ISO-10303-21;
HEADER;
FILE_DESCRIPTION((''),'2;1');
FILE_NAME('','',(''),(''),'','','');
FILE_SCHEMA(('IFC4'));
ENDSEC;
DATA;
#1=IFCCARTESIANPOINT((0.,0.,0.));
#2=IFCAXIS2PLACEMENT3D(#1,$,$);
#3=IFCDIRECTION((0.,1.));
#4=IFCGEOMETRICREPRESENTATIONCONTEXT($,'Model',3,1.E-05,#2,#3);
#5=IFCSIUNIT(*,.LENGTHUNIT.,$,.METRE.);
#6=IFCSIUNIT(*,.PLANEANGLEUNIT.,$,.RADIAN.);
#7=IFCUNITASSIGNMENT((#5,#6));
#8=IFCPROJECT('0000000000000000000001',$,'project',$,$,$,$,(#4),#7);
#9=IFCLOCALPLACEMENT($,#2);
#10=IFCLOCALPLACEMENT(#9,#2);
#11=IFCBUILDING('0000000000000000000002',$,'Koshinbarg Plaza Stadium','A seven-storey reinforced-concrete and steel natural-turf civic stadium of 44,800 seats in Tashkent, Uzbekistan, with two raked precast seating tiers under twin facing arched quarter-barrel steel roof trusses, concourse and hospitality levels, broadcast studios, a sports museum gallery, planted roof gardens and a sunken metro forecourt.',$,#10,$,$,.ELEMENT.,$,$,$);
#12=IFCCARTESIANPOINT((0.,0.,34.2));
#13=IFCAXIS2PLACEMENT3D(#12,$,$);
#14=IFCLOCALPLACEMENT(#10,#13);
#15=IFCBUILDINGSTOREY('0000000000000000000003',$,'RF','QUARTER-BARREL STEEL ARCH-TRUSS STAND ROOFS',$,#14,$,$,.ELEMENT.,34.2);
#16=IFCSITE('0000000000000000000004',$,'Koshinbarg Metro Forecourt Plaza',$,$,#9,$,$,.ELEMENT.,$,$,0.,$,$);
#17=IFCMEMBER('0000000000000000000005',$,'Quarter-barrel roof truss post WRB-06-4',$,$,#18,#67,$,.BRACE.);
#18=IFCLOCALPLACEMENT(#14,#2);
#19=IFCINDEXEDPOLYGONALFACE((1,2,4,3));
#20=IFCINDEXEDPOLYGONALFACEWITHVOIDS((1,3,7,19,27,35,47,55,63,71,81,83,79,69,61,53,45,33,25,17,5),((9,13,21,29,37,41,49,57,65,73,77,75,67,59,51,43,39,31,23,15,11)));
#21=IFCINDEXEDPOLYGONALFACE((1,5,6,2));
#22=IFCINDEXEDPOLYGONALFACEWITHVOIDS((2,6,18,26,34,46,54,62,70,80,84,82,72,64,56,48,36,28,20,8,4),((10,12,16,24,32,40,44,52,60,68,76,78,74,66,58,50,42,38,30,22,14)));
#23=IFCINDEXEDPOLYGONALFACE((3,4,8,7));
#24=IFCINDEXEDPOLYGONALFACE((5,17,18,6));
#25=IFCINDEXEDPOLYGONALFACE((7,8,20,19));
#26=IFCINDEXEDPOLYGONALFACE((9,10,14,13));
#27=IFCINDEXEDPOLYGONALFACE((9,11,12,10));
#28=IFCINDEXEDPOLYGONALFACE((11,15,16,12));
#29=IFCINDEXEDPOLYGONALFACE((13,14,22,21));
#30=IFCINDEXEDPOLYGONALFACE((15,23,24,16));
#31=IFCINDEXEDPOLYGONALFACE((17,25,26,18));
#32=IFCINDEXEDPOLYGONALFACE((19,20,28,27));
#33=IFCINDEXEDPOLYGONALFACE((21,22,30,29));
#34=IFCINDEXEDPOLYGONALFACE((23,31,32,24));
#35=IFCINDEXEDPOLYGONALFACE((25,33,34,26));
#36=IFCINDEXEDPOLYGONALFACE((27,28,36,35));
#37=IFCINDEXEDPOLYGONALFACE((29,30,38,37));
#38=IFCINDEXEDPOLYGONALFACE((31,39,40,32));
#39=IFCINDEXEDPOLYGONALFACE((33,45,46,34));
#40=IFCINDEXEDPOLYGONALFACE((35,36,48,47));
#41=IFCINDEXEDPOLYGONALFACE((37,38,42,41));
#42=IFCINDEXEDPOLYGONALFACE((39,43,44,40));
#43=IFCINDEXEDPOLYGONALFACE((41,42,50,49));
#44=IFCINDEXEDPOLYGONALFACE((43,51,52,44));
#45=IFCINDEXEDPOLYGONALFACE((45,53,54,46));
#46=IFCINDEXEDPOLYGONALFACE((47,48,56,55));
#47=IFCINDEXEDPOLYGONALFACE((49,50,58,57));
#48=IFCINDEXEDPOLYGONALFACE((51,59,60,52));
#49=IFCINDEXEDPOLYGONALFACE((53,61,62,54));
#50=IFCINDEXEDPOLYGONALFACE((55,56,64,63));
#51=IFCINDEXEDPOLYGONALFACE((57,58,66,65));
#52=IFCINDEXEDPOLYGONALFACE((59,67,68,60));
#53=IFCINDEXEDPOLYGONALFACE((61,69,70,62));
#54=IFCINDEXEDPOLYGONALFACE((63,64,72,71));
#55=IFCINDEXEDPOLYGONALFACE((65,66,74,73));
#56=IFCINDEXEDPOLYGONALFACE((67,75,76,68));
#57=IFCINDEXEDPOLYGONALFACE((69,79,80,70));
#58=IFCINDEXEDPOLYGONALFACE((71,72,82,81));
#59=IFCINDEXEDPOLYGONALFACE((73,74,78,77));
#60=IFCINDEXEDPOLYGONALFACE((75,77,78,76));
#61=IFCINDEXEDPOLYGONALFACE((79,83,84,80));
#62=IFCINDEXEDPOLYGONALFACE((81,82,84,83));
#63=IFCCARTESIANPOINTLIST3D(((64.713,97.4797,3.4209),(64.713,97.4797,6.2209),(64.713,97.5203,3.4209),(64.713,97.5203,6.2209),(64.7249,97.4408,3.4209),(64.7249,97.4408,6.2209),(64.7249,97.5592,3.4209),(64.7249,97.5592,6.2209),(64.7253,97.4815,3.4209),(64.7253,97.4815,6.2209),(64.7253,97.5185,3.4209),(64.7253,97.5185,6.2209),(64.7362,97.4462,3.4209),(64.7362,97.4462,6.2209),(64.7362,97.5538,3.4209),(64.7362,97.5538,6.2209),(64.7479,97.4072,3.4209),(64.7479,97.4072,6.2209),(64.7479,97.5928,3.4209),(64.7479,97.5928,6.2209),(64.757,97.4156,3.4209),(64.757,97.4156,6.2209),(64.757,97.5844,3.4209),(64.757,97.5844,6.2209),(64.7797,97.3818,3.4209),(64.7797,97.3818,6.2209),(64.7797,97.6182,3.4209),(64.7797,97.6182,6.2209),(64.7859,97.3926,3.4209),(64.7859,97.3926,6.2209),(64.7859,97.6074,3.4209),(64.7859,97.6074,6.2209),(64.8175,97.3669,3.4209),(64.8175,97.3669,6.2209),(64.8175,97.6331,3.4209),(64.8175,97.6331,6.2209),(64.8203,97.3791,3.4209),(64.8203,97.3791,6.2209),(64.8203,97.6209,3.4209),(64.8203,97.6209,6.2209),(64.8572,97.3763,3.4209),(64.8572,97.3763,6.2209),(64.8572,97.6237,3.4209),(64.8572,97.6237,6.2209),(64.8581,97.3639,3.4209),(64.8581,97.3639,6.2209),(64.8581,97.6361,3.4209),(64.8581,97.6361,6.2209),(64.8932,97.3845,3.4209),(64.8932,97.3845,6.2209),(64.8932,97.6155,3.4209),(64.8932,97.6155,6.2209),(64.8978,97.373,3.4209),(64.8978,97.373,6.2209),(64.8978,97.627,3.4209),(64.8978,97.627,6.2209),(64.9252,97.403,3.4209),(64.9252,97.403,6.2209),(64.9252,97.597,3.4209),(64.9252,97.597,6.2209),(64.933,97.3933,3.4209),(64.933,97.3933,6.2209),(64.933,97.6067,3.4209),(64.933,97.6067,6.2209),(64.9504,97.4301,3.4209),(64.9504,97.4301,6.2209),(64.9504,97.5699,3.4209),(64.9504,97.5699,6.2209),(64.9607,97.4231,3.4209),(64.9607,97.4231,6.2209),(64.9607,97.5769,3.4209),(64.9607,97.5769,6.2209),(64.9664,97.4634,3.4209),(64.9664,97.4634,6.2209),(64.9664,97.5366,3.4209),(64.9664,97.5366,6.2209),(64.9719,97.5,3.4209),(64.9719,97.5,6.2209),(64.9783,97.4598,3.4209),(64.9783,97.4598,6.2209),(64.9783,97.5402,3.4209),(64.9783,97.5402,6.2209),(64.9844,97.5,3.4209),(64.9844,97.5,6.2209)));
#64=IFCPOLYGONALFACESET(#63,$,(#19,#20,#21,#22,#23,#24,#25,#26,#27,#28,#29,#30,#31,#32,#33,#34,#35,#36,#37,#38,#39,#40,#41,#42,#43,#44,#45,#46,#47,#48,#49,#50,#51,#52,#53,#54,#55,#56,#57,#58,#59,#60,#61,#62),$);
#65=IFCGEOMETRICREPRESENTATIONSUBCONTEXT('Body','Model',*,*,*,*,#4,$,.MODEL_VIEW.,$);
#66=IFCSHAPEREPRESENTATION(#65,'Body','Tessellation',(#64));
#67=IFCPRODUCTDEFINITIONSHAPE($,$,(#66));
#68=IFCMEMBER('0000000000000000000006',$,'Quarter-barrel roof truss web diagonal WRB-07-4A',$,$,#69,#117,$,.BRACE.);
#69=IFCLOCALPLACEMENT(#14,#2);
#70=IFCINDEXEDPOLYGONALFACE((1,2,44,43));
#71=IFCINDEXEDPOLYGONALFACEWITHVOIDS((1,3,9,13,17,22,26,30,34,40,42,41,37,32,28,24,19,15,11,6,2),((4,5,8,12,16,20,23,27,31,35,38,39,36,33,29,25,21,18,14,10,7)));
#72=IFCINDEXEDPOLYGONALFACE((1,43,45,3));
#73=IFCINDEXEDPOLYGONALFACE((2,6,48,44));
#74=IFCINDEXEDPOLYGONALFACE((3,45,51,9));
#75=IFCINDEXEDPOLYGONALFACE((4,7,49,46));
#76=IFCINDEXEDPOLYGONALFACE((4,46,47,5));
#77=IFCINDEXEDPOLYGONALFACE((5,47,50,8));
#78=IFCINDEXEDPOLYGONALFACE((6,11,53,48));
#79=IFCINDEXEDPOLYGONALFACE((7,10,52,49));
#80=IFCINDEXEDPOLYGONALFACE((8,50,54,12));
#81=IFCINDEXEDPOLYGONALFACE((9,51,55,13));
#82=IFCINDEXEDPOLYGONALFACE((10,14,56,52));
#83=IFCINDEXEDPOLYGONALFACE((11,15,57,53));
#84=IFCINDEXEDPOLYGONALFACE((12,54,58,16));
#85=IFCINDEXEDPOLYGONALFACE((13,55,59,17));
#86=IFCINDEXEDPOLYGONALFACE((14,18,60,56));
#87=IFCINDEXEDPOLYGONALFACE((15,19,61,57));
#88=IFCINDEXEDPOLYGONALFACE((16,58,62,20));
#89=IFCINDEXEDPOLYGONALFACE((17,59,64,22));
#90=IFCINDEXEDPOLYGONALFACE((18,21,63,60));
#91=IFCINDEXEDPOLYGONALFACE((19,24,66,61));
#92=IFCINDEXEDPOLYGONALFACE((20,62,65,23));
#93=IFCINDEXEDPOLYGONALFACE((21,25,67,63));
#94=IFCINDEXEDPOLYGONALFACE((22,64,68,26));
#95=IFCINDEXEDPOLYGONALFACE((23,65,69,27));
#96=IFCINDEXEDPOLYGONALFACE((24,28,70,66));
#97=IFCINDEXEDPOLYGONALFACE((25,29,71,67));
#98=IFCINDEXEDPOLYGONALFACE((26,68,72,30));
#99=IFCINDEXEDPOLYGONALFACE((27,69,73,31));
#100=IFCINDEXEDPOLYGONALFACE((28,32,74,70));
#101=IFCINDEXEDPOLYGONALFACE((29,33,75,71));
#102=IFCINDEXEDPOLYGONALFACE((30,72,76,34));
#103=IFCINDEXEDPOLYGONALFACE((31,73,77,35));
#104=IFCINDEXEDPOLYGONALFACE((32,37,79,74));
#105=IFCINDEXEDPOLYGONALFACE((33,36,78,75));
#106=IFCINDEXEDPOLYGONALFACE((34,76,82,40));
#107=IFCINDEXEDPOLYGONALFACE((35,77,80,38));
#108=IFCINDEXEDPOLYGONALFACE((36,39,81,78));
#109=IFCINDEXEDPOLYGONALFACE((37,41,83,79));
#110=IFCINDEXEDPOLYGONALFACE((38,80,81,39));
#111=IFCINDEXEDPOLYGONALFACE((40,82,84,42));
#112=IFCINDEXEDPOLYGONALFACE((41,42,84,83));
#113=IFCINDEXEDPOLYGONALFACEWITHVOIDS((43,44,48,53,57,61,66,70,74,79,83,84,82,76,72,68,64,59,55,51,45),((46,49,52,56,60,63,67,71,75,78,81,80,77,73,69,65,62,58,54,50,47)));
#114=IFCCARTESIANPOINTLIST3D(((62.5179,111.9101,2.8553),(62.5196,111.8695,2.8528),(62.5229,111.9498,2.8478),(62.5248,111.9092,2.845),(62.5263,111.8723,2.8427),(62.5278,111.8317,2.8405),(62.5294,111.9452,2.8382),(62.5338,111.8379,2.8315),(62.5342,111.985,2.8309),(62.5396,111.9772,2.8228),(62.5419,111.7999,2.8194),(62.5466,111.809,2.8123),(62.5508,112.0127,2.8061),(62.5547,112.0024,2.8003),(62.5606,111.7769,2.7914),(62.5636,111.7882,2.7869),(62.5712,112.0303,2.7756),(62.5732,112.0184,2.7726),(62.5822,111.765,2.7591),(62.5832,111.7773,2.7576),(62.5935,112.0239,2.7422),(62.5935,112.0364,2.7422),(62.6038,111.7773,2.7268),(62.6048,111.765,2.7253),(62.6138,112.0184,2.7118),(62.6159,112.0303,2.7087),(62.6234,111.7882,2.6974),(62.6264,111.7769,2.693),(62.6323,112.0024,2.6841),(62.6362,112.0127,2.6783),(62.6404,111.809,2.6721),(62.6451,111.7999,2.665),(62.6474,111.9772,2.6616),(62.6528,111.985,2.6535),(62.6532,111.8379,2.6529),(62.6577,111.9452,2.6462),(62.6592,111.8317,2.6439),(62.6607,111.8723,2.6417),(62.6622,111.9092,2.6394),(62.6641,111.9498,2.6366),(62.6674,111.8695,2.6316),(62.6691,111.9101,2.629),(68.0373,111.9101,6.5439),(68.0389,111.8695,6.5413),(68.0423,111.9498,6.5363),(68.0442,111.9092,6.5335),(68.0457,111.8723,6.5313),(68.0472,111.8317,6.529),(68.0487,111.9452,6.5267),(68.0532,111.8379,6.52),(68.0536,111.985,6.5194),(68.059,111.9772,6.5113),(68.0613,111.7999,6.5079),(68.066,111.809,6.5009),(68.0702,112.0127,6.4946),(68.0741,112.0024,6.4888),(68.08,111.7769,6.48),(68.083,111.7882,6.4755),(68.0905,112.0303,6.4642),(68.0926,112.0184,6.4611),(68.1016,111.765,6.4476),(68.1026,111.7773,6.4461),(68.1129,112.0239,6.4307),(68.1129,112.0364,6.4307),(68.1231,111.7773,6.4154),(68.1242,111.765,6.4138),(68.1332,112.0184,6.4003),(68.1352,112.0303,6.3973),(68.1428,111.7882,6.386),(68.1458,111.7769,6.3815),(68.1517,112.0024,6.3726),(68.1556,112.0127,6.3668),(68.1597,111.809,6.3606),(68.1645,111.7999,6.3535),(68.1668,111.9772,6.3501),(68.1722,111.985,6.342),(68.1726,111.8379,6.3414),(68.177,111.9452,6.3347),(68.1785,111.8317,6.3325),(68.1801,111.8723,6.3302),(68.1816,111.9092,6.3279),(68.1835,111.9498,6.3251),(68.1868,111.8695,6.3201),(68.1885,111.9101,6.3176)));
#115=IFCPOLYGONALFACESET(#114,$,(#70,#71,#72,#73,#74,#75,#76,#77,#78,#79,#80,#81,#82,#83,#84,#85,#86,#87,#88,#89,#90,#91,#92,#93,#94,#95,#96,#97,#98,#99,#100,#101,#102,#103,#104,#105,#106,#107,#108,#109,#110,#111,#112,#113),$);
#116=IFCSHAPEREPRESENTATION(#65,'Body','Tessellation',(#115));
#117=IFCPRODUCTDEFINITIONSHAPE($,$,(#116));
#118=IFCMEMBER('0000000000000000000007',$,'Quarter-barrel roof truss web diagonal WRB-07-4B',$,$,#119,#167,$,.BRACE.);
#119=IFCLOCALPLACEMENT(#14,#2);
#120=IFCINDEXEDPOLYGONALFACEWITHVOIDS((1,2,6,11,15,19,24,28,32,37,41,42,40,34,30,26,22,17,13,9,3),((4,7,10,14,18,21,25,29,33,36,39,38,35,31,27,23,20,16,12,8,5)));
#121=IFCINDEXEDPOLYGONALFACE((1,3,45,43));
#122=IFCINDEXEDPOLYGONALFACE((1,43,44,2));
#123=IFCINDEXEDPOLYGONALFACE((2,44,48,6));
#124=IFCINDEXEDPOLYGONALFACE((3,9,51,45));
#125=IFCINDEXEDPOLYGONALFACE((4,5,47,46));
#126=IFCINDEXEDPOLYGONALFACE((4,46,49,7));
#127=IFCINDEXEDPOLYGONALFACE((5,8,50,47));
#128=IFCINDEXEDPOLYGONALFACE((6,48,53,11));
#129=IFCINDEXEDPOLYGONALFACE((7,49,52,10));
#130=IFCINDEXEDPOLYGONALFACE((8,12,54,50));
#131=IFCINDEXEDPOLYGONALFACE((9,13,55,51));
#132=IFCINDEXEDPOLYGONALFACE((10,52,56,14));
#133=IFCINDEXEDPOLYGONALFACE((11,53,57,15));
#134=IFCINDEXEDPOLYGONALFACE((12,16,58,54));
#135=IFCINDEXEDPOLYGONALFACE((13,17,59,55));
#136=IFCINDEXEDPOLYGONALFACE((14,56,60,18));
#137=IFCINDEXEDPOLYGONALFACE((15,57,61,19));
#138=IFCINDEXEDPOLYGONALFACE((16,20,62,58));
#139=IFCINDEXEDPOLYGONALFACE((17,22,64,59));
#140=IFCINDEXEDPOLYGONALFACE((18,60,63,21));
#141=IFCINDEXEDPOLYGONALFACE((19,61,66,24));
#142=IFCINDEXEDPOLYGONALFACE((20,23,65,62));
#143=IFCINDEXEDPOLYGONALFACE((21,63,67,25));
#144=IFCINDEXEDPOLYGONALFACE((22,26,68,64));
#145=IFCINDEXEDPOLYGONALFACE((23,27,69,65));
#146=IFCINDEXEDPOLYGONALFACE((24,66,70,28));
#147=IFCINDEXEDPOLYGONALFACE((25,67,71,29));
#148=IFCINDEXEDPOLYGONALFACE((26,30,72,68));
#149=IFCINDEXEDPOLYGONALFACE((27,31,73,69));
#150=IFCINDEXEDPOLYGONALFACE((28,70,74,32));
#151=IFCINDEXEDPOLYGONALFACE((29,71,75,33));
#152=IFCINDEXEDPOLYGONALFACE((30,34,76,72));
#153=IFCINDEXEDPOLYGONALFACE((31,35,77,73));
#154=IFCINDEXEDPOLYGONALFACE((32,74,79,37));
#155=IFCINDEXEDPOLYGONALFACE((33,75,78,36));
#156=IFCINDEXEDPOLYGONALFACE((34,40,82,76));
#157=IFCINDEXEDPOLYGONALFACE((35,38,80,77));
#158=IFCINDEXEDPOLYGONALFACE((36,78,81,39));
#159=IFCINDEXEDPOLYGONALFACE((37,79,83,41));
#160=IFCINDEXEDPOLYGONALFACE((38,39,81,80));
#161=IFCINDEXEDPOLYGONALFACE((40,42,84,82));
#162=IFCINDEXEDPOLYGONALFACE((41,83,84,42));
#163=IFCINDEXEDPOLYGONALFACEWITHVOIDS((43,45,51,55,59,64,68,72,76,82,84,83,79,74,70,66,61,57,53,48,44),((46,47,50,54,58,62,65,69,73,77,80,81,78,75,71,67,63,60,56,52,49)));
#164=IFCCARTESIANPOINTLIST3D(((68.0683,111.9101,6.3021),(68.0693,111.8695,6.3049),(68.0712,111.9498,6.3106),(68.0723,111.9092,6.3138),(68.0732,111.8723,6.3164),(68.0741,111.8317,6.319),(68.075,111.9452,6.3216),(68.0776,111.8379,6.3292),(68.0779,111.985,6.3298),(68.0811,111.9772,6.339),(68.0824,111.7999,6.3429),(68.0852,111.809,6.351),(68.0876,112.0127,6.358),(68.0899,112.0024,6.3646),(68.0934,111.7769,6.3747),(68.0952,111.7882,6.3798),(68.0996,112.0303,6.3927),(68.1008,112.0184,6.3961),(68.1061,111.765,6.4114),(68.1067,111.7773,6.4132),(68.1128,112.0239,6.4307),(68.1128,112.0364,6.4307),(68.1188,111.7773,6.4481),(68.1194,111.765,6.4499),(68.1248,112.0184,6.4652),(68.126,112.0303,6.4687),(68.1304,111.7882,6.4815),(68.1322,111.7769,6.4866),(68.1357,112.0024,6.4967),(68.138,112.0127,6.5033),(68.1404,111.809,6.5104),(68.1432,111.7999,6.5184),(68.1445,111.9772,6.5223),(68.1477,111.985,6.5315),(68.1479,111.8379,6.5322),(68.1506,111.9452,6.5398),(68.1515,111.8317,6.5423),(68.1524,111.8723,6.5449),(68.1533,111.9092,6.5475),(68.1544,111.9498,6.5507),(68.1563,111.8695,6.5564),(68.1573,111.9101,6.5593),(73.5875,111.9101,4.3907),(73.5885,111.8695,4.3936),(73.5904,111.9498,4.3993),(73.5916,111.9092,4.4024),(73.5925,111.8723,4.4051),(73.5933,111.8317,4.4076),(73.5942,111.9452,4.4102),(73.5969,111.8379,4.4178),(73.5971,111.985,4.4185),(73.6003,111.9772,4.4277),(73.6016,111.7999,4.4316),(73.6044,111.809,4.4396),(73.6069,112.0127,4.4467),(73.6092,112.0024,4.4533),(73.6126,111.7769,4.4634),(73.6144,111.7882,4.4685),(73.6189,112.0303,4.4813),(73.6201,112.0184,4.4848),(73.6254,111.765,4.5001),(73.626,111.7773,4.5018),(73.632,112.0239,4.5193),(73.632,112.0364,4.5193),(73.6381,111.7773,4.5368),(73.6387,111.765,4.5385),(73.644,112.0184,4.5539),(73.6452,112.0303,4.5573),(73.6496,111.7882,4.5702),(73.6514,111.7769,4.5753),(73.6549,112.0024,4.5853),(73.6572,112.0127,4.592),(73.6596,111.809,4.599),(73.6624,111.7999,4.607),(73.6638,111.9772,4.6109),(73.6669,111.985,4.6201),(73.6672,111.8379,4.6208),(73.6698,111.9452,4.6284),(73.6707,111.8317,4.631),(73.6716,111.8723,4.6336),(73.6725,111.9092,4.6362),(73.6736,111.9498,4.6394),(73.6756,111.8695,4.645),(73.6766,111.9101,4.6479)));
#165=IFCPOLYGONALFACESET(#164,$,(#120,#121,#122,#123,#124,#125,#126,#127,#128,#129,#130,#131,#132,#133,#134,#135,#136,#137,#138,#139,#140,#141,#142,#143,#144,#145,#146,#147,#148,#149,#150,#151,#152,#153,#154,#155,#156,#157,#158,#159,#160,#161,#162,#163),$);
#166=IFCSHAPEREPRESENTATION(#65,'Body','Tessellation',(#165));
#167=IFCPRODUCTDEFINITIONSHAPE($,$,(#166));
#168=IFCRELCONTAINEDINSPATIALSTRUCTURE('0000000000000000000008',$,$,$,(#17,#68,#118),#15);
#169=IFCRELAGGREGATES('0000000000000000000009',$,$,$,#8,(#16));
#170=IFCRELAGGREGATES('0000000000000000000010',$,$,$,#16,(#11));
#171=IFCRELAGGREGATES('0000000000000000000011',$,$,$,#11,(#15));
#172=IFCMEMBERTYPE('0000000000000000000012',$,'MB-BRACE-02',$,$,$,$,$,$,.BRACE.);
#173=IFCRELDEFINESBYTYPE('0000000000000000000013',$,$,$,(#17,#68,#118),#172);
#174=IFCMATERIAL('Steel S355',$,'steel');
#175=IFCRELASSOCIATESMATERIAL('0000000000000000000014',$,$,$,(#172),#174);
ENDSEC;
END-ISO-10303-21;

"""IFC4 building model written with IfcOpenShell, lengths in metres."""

from ifc_helpers import new_model, si_unit, direction, frame, origin, origin_2d, place, context, subcontext, project, spatial, hollow_circle, extrude, material, material_profile, profile_set, type_object, element, save


model = new_model("IFC4")

# Units and contexts
model_context = context("Model", 3, precision=1e-05, world=origin(), true_north=direction((0.0, 1.0)))
body_context = subcontext(model_context, "Body", "Model", "MODEL_VIEW")
ifc_project = project(units=[si_unit("LENGTHUNIT", "METRE"), si_unit("PLANEANGLEUNIT", "RADIAN")], contexts=[model_context])

# Site, building, storey
site_placement = place(None, origin())
site = spatial("IfcSite", under=ifc_project, at=site_placement, Name="Koshinbarg Metro Forecourt Plaza", CompositionType="ELEMENT", RefElevation=0.0)
building_placement = place(site_placement, origin())
building = spatial("IfcBuilding", under=site, at=building_placement, Name="Koshinbarg Plaza Stadium", Description="A seven-storey reinforced-concrete and steel natural-turf civic stadium of 44,800 seats in Tashkent, Uzbekistan, with two raked precast seating tiers under twin facing arched quarter-barrel steel roof trusses, concourse and hospitality levels, broadcast studios, a sports museum gallery, planted roof gardens and a sunken metro forecourt.", CompositionType="ELEMENT")
storey_placement = place(building_placement, frame((0.0, 0.0, 34.2)))
storey = spatial("IfcBuildingStorey", under=building, at=storey_placement, Name="RF", Description="QUARTER-BARREL STEEL ARCH-TRUSS STAND ROOFS", CompositionType="ELEMENT", Elevation=34.2)

# Members
ifc_material_1 = material(Name="Steel S355", Category="steel")
ifc_material_profile_1 = material_profile(ifc_material_1, hollow_circle(Radius=0.1365, WallThickness=0.0125, at=origin_2d()), Name="CHS 273x12.5")
ifc_profile_set_1 = profile_set([ifc_material_profile_1], Name="Steel S355")
member_type_1 = type_object("IfcMemberType", Name="MB-BRACE-02", PredefinedType="BRACE", material=ifc_profile_set_1)
member_1_placement = place(storey_placement, frame((64.8479, 97.5, 3.4209), z_axis=(0.0, 0.0, 1.0), x_axis=(1.0, 0.0, 0.0)))
element("IfcMember", 1, at=member_1_placement, inside=storey, type_object=member_type_1, Name="Quarter-barrel roof truss post WRB-06-4", PredefinedType="BRACE", context=body_context, shape_type="SweptSolid", body=[
    extrude(hollow_circle(Radius=0.1365, WallThickness=0.0125, at=origin_2d()), origin(), (0.0, 0.0, 1.0), 2.8),
])
member_2_placement = place(storey_placement, frame((62.5935, 111.8999, 2.7422), z_axis=(0.831427, 0.0, 0.555633), x_axis=(0.0, 1.0, 0.0)))
element("IfcMember", 2, at=member_2_placement, inside=storey, type_object=member_type_1, Name="Quarter-barrel roof truss web diagonal WRB-07-4A", PredefinedType="BRACE", context=body_context, shape_type="SweptSolid", body=[
    extrude(hollow_circle(Radius=0.1365, WallThickness=0.0125, at=origin_2d()), origin(), (0.0, 0.0, 1.0), 6.6384),
])
member_3_placement = place(storey_placement, frame((68.1128, 111.8999, 6.4307), z_axis=(0.944941, 0.0, -0.327241), x_axis=(0.0, 1.0, 0.0)))
element("IfcMember", 3, at=member_3_placement, inside=storey, type_object=member_type_1, Name="Quarter-barrel roof truss web diagonal WRB-07-4B", PredefinedType="BRACE", context=body_context, shape_type="SweptSolid", body=[
    extrude(hollow_circle(Radius=0.1365, WallThickness=0.0125, at=origin_2d()), origin(), (0.0, 0.0, 1.0), 5.8408),
])

save(model, "model.ifc")
